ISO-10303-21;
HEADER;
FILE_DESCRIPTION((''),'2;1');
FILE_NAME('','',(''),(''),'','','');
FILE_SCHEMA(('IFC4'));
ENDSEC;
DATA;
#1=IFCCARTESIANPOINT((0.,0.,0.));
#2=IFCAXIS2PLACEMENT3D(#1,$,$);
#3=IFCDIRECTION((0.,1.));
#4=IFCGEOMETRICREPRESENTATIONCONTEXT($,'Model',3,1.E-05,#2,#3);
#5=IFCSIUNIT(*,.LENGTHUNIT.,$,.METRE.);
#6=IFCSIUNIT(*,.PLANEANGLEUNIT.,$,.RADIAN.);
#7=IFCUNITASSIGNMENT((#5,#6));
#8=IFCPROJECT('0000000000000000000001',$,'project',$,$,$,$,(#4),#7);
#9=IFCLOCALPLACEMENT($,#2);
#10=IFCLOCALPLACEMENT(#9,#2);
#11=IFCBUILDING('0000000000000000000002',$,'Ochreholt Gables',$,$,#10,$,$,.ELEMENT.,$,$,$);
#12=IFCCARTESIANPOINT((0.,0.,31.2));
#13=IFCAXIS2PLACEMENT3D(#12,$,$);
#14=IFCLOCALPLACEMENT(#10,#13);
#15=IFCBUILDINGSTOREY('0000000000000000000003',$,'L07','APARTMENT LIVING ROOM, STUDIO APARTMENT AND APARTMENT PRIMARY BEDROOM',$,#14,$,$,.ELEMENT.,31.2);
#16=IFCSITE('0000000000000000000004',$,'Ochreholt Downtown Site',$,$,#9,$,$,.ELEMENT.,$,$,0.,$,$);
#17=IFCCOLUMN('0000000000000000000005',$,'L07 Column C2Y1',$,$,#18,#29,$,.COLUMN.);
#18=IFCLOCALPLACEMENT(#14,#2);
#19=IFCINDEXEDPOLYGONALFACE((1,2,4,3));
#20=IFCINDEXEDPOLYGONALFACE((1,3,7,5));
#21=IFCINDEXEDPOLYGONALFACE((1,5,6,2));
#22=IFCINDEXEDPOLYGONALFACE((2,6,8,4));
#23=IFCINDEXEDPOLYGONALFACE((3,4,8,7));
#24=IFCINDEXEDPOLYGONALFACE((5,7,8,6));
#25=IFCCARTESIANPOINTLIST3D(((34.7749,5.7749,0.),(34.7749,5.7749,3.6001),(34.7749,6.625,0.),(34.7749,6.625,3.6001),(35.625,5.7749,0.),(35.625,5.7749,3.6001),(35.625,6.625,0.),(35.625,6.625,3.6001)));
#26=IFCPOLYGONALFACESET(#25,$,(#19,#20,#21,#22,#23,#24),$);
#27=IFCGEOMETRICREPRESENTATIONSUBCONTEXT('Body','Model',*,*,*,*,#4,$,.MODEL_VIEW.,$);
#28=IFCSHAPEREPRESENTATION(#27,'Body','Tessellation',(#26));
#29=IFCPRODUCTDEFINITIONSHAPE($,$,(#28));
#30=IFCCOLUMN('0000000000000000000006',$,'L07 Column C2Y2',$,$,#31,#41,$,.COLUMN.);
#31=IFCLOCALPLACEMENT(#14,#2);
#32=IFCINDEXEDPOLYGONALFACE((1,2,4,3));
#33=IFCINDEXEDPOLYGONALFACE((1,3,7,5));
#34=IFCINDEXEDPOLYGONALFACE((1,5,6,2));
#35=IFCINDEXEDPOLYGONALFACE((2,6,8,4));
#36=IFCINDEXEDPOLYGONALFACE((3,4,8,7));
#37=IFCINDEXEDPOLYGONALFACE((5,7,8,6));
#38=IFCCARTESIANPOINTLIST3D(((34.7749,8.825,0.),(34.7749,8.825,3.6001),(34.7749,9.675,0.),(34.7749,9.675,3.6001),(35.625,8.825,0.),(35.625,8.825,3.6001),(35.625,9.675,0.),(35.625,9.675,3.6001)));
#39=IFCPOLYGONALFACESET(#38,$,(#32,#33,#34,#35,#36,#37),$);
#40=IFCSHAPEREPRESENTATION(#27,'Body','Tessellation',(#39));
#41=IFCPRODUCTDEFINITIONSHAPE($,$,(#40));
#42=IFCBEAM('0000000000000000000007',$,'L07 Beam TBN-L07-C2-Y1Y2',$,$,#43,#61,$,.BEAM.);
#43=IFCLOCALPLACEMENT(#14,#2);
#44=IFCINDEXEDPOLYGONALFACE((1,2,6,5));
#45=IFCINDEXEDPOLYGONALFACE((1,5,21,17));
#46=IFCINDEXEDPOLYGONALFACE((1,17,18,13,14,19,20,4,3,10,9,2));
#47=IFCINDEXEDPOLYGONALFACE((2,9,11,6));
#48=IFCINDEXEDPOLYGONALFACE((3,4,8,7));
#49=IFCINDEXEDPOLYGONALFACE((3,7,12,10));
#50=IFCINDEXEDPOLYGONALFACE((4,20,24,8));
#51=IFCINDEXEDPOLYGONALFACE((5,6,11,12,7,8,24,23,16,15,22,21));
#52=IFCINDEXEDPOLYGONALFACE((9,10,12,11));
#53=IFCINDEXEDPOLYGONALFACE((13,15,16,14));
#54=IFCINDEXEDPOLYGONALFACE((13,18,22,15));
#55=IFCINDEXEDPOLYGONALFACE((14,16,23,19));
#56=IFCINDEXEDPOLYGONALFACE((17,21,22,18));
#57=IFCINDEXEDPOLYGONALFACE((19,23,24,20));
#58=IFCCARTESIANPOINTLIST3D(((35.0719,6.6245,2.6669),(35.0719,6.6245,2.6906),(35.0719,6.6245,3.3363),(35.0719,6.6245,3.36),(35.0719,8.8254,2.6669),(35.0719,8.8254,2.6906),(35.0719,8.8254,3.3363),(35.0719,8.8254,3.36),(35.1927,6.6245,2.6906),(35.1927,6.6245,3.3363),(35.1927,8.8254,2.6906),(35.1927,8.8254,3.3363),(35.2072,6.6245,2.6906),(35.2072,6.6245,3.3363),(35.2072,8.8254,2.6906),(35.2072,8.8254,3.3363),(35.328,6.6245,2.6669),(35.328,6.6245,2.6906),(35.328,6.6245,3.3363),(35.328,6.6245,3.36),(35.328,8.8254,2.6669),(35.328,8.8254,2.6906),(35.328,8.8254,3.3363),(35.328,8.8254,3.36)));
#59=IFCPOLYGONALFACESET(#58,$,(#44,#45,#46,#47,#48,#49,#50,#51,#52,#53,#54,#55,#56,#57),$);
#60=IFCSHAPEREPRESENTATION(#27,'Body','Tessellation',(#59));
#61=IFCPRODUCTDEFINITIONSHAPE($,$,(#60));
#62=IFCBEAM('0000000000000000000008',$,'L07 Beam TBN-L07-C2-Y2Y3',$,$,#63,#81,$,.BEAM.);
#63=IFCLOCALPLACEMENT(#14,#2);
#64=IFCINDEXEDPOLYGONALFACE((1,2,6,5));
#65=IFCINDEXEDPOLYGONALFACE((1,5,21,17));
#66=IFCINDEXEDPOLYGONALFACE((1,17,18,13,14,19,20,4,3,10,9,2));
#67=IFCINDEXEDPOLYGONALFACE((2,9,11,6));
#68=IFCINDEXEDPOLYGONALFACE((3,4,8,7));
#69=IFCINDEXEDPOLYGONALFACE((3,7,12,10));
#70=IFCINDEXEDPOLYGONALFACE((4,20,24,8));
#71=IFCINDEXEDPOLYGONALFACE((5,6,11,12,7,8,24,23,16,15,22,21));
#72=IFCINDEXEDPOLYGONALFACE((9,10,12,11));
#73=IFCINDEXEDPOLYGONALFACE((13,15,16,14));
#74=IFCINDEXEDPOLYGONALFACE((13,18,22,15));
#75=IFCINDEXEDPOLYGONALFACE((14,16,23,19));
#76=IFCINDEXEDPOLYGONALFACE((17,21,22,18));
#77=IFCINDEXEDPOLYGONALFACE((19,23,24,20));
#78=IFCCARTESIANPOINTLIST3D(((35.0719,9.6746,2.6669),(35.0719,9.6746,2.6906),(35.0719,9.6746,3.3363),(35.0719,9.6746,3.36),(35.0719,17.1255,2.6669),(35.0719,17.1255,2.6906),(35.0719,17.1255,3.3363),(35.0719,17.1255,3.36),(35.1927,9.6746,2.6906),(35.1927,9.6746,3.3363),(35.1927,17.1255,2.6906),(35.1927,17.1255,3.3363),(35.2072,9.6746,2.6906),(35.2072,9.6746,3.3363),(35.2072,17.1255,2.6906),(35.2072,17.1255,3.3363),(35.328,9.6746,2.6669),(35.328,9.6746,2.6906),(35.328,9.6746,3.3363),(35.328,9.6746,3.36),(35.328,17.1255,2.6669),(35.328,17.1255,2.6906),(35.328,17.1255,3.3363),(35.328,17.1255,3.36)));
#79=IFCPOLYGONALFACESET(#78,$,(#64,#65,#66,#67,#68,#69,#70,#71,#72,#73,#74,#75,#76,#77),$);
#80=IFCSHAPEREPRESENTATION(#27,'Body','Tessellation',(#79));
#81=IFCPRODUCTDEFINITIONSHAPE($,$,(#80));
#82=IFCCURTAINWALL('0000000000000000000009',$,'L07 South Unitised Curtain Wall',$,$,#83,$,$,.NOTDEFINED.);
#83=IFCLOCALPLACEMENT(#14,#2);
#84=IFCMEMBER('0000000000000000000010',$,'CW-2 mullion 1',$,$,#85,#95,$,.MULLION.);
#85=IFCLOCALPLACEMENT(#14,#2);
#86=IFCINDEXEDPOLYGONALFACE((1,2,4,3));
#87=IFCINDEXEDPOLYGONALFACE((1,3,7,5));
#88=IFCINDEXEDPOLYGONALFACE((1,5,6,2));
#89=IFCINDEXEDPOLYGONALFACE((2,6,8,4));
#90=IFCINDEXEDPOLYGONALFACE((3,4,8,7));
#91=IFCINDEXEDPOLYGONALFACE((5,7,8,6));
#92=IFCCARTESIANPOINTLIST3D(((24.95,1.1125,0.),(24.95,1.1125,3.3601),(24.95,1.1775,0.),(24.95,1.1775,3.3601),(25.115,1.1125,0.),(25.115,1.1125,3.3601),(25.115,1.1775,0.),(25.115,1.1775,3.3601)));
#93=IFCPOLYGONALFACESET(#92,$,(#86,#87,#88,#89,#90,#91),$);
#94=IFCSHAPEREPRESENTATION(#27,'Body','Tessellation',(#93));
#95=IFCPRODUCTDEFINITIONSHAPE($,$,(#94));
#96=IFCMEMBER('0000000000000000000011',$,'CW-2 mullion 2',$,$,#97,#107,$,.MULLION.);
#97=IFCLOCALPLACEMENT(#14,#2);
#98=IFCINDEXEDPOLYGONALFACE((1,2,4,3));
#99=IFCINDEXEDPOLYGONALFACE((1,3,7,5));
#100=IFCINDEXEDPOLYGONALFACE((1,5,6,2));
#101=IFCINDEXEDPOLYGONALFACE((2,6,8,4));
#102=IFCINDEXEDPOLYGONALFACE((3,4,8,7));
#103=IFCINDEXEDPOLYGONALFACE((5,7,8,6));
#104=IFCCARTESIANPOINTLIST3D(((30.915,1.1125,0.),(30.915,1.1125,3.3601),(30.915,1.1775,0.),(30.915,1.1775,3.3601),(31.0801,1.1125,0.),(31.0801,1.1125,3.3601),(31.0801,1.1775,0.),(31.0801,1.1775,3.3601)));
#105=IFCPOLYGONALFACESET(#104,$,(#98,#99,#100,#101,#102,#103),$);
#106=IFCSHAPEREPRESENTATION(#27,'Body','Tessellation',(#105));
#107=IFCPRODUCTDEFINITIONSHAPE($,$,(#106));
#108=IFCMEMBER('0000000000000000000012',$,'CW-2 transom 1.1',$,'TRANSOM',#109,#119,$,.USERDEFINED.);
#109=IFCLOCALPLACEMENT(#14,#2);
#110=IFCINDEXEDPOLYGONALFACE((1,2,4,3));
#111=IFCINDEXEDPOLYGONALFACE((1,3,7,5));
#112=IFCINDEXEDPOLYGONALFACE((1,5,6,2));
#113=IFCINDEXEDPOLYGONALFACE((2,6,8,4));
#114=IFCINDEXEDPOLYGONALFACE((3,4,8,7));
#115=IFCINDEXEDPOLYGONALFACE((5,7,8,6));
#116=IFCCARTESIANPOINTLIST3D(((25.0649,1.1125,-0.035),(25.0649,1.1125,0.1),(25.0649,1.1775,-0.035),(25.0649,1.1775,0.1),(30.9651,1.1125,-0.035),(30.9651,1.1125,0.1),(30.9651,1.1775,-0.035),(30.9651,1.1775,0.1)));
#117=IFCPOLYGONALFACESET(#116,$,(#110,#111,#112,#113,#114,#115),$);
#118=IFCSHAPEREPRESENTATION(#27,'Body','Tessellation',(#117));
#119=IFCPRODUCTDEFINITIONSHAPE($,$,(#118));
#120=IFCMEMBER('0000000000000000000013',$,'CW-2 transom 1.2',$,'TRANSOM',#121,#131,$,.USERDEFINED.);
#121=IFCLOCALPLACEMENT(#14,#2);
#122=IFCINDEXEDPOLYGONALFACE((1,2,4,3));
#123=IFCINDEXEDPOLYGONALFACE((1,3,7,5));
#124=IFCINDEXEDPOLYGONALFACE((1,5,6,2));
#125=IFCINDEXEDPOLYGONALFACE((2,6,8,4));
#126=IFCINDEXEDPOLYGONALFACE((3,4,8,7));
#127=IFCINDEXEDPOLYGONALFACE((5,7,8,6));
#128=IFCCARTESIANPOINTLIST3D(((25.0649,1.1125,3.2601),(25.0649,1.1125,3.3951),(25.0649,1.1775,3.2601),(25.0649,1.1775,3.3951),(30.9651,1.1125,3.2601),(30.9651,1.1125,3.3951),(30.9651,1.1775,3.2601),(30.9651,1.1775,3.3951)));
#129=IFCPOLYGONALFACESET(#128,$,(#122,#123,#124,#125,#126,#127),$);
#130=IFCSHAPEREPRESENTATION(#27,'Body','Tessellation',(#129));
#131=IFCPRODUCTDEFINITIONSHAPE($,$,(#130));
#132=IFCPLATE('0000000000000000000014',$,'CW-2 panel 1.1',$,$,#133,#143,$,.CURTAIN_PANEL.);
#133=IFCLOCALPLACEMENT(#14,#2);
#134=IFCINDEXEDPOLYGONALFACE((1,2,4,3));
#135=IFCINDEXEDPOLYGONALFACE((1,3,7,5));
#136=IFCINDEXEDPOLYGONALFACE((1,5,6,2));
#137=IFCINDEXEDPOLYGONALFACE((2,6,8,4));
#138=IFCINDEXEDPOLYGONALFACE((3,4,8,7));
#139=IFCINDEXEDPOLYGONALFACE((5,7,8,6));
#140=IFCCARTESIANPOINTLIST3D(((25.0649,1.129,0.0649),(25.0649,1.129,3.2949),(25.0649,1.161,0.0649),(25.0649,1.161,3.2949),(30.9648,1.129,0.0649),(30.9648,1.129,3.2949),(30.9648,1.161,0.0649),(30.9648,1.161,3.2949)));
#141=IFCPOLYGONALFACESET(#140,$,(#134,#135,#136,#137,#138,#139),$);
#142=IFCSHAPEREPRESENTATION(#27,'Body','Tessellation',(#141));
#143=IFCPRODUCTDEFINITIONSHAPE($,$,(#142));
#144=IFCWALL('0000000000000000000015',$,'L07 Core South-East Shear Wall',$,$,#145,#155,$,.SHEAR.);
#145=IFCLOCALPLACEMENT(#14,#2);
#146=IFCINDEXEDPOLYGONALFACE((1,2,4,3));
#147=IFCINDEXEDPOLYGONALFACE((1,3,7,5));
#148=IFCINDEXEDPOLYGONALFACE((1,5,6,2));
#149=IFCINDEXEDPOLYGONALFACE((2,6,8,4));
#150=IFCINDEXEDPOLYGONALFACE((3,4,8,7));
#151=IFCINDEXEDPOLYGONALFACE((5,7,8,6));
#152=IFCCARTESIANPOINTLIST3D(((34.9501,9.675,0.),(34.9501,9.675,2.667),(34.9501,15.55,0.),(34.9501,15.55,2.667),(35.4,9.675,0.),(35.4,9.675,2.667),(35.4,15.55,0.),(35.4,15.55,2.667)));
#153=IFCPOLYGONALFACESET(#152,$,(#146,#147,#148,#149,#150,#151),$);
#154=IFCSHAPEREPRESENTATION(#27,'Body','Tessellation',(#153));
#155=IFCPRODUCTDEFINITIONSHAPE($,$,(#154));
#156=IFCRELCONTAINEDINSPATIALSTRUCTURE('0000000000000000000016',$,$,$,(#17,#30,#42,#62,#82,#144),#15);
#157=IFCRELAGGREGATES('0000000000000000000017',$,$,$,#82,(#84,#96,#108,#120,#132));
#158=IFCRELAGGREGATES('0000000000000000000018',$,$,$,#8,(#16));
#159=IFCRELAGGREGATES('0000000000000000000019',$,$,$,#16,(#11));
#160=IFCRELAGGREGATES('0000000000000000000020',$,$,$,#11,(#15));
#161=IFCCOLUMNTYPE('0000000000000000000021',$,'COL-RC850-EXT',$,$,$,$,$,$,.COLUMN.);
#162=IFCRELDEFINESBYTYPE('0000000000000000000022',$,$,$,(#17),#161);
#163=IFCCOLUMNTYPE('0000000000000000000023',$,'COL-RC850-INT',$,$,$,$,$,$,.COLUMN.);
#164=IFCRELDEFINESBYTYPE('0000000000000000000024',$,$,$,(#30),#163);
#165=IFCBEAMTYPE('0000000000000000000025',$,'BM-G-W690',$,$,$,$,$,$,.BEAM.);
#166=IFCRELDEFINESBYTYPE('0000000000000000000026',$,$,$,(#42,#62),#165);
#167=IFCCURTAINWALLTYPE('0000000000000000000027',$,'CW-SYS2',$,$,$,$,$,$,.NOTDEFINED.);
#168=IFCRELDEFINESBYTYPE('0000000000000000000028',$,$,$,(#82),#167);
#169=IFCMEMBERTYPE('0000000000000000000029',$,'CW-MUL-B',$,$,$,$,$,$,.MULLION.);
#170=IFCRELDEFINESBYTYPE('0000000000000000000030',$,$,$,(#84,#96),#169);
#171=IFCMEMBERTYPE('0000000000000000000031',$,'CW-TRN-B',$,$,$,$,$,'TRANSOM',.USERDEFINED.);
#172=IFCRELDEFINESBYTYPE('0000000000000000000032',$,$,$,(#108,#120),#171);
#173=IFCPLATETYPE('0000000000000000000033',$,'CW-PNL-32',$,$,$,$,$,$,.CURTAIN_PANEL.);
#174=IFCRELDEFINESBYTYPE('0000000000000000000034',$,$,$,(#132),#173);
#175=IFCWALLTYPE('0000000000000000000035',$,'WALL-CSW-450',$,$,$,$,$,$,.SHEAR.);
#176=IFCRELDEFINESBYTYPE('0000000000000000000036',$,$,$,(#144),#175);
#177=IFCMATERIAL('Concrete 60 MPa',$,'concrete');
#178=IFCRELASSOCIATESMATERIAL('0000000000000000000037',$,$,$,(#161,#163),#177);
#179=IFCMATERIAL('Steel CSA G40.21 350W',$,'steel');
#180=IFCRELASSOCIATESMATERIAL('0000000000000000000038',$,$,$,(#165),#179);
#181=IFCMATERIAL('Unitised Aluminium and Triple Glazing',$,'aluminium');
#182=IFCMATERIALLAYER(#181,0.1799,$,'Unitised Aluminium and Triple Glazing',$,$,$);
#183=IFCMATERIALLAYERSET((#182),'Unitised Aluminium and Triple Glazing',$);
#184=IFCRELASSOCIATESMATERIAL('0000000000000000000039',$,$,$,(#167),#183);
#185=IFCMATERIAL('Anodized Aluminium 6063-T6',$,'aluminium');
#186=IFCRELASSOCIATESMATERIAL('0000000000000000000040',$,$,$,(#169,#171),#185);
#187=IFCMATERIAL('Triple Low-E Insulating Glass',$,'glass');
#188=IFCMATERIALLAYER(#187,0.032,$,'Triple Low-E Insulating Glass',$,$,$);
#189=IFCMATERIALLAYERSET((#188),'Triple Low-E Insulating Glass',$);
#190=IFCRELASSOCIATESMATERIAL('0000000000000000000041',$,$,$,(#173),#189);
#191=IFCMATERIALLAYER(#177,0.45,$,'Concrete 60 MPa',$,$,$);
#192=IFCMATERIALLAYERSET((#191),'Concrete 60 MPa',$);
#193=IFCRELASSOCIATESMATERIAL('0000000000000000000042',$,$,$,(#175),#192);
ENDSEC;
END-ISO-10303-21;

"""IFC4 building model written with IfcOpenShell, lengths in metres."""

from ifc_helpers import new_model, si_unit, direction, frame, frame_2d, origin, origin_2d, place, context, subcontext, project, spatial, rectangle, i_section, extrude, material, layer, layer_set, material_profile, profile_set, type_object, element, aggregate, save


model = new_model("IFC4")

# Units and contexts
model_context = context("Model", 3, precision=1e-05, world=origin(), true_north=direction((0.0, 1.0)))
body_context = subcontext(model_context, "Body", "Model", "MODEL_VIEW")
ifc_project = project(units=[si_unit("LENGTHUNIT", "METRE"), si_unit("PLANEANGLEUNIT", "RADIAN")], contexts=[model_context])

# Site, building, storey
site_placement = place(None, origin())
site = spatial("IfcSite", under=ifc_project, at=site_placement, Name="Ochreholt Downtown Site", CompositionType="ELEMENT", RefElevation=0.0)
building_placement = place(site_placement, origin())
building = spatial("IfcBuilding", under=site, at=building_placement, Name="Ochreholt Gables", CompositionType="ELEMENT")
storey_placement = place(building_placement, frame((0.0, 0.0, 31.2)))
storey = spatial("IfcBuildingStorey", under=building, at=storey_placement, Name="L07", Description="APARTMENT LIVING ROOM, STUDIO APARTMENT AND APARTMENT PRIMARY BEDROOM", CompositionType="ELEMENT", Elevation=31.2)

# Columns
ifc_material_1 = material(Name="Concrete 60 MPa", Category="concrete")
ifc_material_profile_1 = material_profile(ifc_material_1, rectangle(XDim=0.8501, YDim=0.8501, at=origin_2d()), Name="RC850X850")
ifc_profile_set_1 = profile_set([ifc_material_profile_1], Name="Concrete 60 MPa")
column_type_1 = type_object("IfcColumnType", Name="COL-RC850-EXT", PredefinedType="COLUMN", material=ifc_profile_set_1)
column_1_placement = place(storey_placement, frame((35.2, 6.2, 0.0), z_axis=(0.0, 0.0, 1.0), x_axis=(1.0, 0.0, 0.0)))
element("IfcColumn", 1, at=column_1_placement, inside=storey, type_object=column_type_1, Name="L07 Column C2Y1", PredefinedType="COLUMN", context=body_context, shape_type="SweptSolid", body=[
    extrude(rectangle(XDim=0.8501, YDim=0.8501, at=origin_2d()), origin(), (0.0, 0.0, 1.0), 3.6001),
])
ifc_material_profile_2 = material_profile(ifc_material_1, rectangle(XDim=0.8501, YDim=0.8501, at=origin_2d()), Name="RC850X850")
ifc_profile_set_2 = profile_set([ifc_material_profile_2], Name="Concrete 60 MPa")
column_type_2 = type_object("IfcColumnType", Name="COL-RC850-INT", PredefinedType="COLUMN", material=ifc_profile_set_2)
column_2_placement = place(storey_placement, frame((35.2, 9.25, 0.0), z_axis=(0.0, 0.0, 1.0), x_axis=(1.0, 0.0, 0.0)))
element("IfcColumn", 2, at=column_2_placement, inside=storey, type_object=column_type_2, Name="L07 Column C2Y2", PredefinedType="COLUMN", context=body_context, shape_type="SweptSolid", body=[
    extrude(rectangle(XDim=0.8501, YDim=0.8501, at=origin_2d()), origin(), (0.0, 0.0, 1.0), 3.6001),
])

# Beams
ifc_material_2 = material(Name="Steel CSA G40.21 350W", Category="steel")
ifc_material_profile_3 = material_profile(ifc_material_2, i_section(OverallWidth=0.2561, OverallDepth=0.6931, WebThickness=0.0144, FlangeThickness=0.0237, at=origin_2d()), Name="W690X170")
ifc_profile_set_3 = profile_set([ifc_material_profile_3], Name="Steel CSA G40.21 350W")
beam_type = type_object("IfcBeamType", Name="BM-G-W690", PredefinedType="BEAM", material=ifc_profile_set_3)
beam_1_placement = place(storey_placement, frame((35.2, 6.6245, 3.0134), z_axis=(0.0, 1.0, 0.0), x_axis=(-1.0, 0.0, 0.0)))
element("IfcBeam", 3, at=beam_1_placement, inside=storey, type_object=beam_type, Name="L07 Beam TBN-L07-C2-Y1Y2", PredefinedType="BEAM", context=body_context, shape_type="SweptSolid", body=[
    extrude(i_section(OverallWidth=0.2561, OverallDepth=0.6931, WebThickness=0.0144, FlangeThickness=0.0237, at=origin_2d()), origin(), (0.0, 0.0, 1.0), 2.2009),
])
beam_2_placement = place(storey_placement, frame((35.2, 9.6746, 3.0134), z_axis=(0.0, 1.0, 0.0), x_axis=(-1.0, 0.0, 0.0)))
element("IfcBeam", 4, at=beam_2_placement, inside=storey, type_object=beam_type, Name="L07 Beam TBN-L07-C2-Y2Y3", PredefinedType="BEAM", context=body_context, shape_type="SweptSolid", body=[
    extrude(i_section(OverallWidth=0.2561, OverallDepth=0.6931, WebThickness=0.0144, FlangeThickness=0.0237, at=origin_2d()), origin(), (0.0, 0.0, 1.0), 7.4509),
])

# Curtain wall, members, plate
ifc_material_3 = material(Name="Unitised Aluminium and Triple Glazing", Category="aluminium")
ifc_layer_1 = layer(ifc_material_3, 0.1799, Name="Unitised Aluminium and Triple Glazing")
ifc_layer_set_1 = layer_set([ifc_layer_1], Name="Unitised Aluminium and Triple Glazing")
curtain_wall_type = type_object("IfcCurtainWallType", Name="CW-SYS2", PredefinedType="NOTDEFINED", material=ifc_layer_set_1)
curtain_wall_placement = place(storey_placement, origin())
curtain_wall = element("IfcCurtainWall", 5, at=curtain_wall_placement, inside=storey, type_object=curtain_wall_type, Name="L07 South Unitised Curtain Wall", PredefinedType="NOTDEFINED")
ifc_material_4 = material(Name="Anodized Aluminium 6063-T6", Category="aluminium")
ifc_material_profile_4 = material_profile(ifc_material_4, rectangle(XDim=0.0649, YDim=0.165, at=origin_2d()), Name="CWM65X165")
ifc_profile_set_4 = profile_set([ifc_material_profile_4], Name="Anodized Aluminium 6063-T6")
member_type_1 = type_object("IfcMemberType", Name="CW-MUL-B", PredefinedType="MULLION", material=ifc_profile_set_4)
member_1_placement = place(storey_placement, frame((25.0325, 1.145, 0.0), z_axis=(0.0, 0.0, 1.0), x_axis=(0.0, 1.0, 0.0)))
member_1 = element("IfcMember", 6, at=member_1_placement, type_object=member_type_1, Name="CW-2 mullion 1", PredefinedType="MULLION", context=body_context, shape_type="SweptSolid", body=[
    extrude(rectangle(XDim=0.0649, YDim=0.165, at=origin_2d()), origin(), (0.0, 0.0, 1.0), 3.3601),
])
member_2_placement = place(storey_placement, frame((30.9976, 1.145, 0.0), z_axis=(0.0, 0.0, 1.0), x_axis=(0.0, 1.0, 0.0)))
member_2 = element("IfcMember", 7, at=member_2_placement, type_object=member_type_1, Name="CW-2 mullion 2", PredefinedType="MULLION", context=body_context, shape_type="SweptSolid", body=[
    extrude(rectangle(XDim=0.0649, YDim=0.165, at=origin_2d()), origin(), (0.0, 0.0, 1.0), 3.3601),
])
ifc_material_profile_5 = material_profile(ifc_material_4, rectangle(XDim=0.0649, YDim=0.135, at=origin_2d()), Name="CWT65X135")
ifc_profile_set_5 = profile_set([ifc_material_profile_5], Name="Anodized Aluminium 6063-T6")
member_type_2 = type_object("IfcMemberType", Name="CW-TRN-B", ElementType="TRANSOM", PredefinedType="USERDEFINED", material=ifc_profile_set_5)
member_3_placement = place(storey_placement, frame((25.0649, 1.145, 0.0325), z_axis=(1.0, 0.0, 0.0), x_axis=(0.0, 1.0, 0.0)))
member_3 = element("IfcMember", 8, at=member_3_placement, type_object=member_type_2, Name="CW-2 transom 1.1", ObjectType="TRANSOM", PredefinedType="USERDEFINED", context=body_context, shape_type="SweptSolid", body=[
    extrude(rectangle(XDim=0.0649, YDim=0.135, at=origin_2d()), origin(), (0.0, 0.0, 1.0), 5.9001),
])
member_4_placement = place(storey_placement, frame((25.0649, 1.145, 3.3276), z_axis=(1.0, 0.0, 0.0), x_axis=(0.0, 1.0, 0.0)))
member_4 = element("IfcMember", 9, at=member_4_placement, type_object=member_type_2, Name="CW-2 transom 1.2", ObjectType="TRANSOM", PredefinedType="USERDEFINED", context=body_context, shape_type="SweptSolid", body=[
    extrude(rectangle(XDim=0.0649, YDim=0.135, at=origin_2d()), origin(), (0.0, 0.0, 1.0), 5.9001),
])
ifc_material_5 = material(Name="Triple Low-E Insulating Glass", Category="glass")
ifc_layer_2 = layer(ifc_material_5, 0.032, Name="Triple Low-E Insulating Glass")
ifc_layer_set_2 = layer_set([ifc_layer_2], Name="Triple Low-E Insulating Glass")
plate_type = type_object("IfcPlateType", Name="CW-PNL-32", PredefinedType="CURTAIN_PANEL", material=ifc_layer_set_2)
plate_placement = place(storey_placement, frame((28.0149, 1.145, 0.0649), z_axis=(0.0, 0.0, 1.0), x_axis=(1.0, 0.0, 0.0)))
plate = element("IfcPlate", 10, at=plate_placement, type_object=plate_type, Name="CW-2 panel 1.1", PredefinedType="CURTAIN_PANEL", context=body_context, shape_type="SweptSolid", body=[
    extrude(rectangle(XDim=5.8999, YDim=0.032, at=origin_2d()), origin(), (0.0, 0.0, 1.0), 3.23),
])
aggregate(curtain_wall, [member_1, member_2, member_3, member_4, plate])

# Wall
ifc_layer_3 = layer(ifc_material_1, 0.45, Name="Concrete 60 MPa")
ifc_layer_set_3 = layer_set([ifc_layer_3], Name="Concrete 60 MPa")
wall_type_1 = type_object("IfcWallType", Name="WALL-CSW-450", PredefinedType="SHEAR", material=ifc_layer_set_3)
wall_1_placement = place(storey_placement, frame((35.175, 9.675, 0.0), z_axis=(0.0, 0.0, 1.0), x_axis=(0.0, 1.0, 0.0)))
element("IfcWall", 11, at=wall_1_placement, inside=storey, type_object=wall_type_1, Name="L07 Core South-East Shear Wall", PredefinedType="SHEAR", context=body_context, shape_type="SweptSolid", body=[
    extrude(rectangle(XDim=5.875, YDim=0.45, at=frame_2d((2.9375, 0.0))), origin(), (0.0, 0.0, 1.0), 2.667),
])

save(model, "model.ifc")
